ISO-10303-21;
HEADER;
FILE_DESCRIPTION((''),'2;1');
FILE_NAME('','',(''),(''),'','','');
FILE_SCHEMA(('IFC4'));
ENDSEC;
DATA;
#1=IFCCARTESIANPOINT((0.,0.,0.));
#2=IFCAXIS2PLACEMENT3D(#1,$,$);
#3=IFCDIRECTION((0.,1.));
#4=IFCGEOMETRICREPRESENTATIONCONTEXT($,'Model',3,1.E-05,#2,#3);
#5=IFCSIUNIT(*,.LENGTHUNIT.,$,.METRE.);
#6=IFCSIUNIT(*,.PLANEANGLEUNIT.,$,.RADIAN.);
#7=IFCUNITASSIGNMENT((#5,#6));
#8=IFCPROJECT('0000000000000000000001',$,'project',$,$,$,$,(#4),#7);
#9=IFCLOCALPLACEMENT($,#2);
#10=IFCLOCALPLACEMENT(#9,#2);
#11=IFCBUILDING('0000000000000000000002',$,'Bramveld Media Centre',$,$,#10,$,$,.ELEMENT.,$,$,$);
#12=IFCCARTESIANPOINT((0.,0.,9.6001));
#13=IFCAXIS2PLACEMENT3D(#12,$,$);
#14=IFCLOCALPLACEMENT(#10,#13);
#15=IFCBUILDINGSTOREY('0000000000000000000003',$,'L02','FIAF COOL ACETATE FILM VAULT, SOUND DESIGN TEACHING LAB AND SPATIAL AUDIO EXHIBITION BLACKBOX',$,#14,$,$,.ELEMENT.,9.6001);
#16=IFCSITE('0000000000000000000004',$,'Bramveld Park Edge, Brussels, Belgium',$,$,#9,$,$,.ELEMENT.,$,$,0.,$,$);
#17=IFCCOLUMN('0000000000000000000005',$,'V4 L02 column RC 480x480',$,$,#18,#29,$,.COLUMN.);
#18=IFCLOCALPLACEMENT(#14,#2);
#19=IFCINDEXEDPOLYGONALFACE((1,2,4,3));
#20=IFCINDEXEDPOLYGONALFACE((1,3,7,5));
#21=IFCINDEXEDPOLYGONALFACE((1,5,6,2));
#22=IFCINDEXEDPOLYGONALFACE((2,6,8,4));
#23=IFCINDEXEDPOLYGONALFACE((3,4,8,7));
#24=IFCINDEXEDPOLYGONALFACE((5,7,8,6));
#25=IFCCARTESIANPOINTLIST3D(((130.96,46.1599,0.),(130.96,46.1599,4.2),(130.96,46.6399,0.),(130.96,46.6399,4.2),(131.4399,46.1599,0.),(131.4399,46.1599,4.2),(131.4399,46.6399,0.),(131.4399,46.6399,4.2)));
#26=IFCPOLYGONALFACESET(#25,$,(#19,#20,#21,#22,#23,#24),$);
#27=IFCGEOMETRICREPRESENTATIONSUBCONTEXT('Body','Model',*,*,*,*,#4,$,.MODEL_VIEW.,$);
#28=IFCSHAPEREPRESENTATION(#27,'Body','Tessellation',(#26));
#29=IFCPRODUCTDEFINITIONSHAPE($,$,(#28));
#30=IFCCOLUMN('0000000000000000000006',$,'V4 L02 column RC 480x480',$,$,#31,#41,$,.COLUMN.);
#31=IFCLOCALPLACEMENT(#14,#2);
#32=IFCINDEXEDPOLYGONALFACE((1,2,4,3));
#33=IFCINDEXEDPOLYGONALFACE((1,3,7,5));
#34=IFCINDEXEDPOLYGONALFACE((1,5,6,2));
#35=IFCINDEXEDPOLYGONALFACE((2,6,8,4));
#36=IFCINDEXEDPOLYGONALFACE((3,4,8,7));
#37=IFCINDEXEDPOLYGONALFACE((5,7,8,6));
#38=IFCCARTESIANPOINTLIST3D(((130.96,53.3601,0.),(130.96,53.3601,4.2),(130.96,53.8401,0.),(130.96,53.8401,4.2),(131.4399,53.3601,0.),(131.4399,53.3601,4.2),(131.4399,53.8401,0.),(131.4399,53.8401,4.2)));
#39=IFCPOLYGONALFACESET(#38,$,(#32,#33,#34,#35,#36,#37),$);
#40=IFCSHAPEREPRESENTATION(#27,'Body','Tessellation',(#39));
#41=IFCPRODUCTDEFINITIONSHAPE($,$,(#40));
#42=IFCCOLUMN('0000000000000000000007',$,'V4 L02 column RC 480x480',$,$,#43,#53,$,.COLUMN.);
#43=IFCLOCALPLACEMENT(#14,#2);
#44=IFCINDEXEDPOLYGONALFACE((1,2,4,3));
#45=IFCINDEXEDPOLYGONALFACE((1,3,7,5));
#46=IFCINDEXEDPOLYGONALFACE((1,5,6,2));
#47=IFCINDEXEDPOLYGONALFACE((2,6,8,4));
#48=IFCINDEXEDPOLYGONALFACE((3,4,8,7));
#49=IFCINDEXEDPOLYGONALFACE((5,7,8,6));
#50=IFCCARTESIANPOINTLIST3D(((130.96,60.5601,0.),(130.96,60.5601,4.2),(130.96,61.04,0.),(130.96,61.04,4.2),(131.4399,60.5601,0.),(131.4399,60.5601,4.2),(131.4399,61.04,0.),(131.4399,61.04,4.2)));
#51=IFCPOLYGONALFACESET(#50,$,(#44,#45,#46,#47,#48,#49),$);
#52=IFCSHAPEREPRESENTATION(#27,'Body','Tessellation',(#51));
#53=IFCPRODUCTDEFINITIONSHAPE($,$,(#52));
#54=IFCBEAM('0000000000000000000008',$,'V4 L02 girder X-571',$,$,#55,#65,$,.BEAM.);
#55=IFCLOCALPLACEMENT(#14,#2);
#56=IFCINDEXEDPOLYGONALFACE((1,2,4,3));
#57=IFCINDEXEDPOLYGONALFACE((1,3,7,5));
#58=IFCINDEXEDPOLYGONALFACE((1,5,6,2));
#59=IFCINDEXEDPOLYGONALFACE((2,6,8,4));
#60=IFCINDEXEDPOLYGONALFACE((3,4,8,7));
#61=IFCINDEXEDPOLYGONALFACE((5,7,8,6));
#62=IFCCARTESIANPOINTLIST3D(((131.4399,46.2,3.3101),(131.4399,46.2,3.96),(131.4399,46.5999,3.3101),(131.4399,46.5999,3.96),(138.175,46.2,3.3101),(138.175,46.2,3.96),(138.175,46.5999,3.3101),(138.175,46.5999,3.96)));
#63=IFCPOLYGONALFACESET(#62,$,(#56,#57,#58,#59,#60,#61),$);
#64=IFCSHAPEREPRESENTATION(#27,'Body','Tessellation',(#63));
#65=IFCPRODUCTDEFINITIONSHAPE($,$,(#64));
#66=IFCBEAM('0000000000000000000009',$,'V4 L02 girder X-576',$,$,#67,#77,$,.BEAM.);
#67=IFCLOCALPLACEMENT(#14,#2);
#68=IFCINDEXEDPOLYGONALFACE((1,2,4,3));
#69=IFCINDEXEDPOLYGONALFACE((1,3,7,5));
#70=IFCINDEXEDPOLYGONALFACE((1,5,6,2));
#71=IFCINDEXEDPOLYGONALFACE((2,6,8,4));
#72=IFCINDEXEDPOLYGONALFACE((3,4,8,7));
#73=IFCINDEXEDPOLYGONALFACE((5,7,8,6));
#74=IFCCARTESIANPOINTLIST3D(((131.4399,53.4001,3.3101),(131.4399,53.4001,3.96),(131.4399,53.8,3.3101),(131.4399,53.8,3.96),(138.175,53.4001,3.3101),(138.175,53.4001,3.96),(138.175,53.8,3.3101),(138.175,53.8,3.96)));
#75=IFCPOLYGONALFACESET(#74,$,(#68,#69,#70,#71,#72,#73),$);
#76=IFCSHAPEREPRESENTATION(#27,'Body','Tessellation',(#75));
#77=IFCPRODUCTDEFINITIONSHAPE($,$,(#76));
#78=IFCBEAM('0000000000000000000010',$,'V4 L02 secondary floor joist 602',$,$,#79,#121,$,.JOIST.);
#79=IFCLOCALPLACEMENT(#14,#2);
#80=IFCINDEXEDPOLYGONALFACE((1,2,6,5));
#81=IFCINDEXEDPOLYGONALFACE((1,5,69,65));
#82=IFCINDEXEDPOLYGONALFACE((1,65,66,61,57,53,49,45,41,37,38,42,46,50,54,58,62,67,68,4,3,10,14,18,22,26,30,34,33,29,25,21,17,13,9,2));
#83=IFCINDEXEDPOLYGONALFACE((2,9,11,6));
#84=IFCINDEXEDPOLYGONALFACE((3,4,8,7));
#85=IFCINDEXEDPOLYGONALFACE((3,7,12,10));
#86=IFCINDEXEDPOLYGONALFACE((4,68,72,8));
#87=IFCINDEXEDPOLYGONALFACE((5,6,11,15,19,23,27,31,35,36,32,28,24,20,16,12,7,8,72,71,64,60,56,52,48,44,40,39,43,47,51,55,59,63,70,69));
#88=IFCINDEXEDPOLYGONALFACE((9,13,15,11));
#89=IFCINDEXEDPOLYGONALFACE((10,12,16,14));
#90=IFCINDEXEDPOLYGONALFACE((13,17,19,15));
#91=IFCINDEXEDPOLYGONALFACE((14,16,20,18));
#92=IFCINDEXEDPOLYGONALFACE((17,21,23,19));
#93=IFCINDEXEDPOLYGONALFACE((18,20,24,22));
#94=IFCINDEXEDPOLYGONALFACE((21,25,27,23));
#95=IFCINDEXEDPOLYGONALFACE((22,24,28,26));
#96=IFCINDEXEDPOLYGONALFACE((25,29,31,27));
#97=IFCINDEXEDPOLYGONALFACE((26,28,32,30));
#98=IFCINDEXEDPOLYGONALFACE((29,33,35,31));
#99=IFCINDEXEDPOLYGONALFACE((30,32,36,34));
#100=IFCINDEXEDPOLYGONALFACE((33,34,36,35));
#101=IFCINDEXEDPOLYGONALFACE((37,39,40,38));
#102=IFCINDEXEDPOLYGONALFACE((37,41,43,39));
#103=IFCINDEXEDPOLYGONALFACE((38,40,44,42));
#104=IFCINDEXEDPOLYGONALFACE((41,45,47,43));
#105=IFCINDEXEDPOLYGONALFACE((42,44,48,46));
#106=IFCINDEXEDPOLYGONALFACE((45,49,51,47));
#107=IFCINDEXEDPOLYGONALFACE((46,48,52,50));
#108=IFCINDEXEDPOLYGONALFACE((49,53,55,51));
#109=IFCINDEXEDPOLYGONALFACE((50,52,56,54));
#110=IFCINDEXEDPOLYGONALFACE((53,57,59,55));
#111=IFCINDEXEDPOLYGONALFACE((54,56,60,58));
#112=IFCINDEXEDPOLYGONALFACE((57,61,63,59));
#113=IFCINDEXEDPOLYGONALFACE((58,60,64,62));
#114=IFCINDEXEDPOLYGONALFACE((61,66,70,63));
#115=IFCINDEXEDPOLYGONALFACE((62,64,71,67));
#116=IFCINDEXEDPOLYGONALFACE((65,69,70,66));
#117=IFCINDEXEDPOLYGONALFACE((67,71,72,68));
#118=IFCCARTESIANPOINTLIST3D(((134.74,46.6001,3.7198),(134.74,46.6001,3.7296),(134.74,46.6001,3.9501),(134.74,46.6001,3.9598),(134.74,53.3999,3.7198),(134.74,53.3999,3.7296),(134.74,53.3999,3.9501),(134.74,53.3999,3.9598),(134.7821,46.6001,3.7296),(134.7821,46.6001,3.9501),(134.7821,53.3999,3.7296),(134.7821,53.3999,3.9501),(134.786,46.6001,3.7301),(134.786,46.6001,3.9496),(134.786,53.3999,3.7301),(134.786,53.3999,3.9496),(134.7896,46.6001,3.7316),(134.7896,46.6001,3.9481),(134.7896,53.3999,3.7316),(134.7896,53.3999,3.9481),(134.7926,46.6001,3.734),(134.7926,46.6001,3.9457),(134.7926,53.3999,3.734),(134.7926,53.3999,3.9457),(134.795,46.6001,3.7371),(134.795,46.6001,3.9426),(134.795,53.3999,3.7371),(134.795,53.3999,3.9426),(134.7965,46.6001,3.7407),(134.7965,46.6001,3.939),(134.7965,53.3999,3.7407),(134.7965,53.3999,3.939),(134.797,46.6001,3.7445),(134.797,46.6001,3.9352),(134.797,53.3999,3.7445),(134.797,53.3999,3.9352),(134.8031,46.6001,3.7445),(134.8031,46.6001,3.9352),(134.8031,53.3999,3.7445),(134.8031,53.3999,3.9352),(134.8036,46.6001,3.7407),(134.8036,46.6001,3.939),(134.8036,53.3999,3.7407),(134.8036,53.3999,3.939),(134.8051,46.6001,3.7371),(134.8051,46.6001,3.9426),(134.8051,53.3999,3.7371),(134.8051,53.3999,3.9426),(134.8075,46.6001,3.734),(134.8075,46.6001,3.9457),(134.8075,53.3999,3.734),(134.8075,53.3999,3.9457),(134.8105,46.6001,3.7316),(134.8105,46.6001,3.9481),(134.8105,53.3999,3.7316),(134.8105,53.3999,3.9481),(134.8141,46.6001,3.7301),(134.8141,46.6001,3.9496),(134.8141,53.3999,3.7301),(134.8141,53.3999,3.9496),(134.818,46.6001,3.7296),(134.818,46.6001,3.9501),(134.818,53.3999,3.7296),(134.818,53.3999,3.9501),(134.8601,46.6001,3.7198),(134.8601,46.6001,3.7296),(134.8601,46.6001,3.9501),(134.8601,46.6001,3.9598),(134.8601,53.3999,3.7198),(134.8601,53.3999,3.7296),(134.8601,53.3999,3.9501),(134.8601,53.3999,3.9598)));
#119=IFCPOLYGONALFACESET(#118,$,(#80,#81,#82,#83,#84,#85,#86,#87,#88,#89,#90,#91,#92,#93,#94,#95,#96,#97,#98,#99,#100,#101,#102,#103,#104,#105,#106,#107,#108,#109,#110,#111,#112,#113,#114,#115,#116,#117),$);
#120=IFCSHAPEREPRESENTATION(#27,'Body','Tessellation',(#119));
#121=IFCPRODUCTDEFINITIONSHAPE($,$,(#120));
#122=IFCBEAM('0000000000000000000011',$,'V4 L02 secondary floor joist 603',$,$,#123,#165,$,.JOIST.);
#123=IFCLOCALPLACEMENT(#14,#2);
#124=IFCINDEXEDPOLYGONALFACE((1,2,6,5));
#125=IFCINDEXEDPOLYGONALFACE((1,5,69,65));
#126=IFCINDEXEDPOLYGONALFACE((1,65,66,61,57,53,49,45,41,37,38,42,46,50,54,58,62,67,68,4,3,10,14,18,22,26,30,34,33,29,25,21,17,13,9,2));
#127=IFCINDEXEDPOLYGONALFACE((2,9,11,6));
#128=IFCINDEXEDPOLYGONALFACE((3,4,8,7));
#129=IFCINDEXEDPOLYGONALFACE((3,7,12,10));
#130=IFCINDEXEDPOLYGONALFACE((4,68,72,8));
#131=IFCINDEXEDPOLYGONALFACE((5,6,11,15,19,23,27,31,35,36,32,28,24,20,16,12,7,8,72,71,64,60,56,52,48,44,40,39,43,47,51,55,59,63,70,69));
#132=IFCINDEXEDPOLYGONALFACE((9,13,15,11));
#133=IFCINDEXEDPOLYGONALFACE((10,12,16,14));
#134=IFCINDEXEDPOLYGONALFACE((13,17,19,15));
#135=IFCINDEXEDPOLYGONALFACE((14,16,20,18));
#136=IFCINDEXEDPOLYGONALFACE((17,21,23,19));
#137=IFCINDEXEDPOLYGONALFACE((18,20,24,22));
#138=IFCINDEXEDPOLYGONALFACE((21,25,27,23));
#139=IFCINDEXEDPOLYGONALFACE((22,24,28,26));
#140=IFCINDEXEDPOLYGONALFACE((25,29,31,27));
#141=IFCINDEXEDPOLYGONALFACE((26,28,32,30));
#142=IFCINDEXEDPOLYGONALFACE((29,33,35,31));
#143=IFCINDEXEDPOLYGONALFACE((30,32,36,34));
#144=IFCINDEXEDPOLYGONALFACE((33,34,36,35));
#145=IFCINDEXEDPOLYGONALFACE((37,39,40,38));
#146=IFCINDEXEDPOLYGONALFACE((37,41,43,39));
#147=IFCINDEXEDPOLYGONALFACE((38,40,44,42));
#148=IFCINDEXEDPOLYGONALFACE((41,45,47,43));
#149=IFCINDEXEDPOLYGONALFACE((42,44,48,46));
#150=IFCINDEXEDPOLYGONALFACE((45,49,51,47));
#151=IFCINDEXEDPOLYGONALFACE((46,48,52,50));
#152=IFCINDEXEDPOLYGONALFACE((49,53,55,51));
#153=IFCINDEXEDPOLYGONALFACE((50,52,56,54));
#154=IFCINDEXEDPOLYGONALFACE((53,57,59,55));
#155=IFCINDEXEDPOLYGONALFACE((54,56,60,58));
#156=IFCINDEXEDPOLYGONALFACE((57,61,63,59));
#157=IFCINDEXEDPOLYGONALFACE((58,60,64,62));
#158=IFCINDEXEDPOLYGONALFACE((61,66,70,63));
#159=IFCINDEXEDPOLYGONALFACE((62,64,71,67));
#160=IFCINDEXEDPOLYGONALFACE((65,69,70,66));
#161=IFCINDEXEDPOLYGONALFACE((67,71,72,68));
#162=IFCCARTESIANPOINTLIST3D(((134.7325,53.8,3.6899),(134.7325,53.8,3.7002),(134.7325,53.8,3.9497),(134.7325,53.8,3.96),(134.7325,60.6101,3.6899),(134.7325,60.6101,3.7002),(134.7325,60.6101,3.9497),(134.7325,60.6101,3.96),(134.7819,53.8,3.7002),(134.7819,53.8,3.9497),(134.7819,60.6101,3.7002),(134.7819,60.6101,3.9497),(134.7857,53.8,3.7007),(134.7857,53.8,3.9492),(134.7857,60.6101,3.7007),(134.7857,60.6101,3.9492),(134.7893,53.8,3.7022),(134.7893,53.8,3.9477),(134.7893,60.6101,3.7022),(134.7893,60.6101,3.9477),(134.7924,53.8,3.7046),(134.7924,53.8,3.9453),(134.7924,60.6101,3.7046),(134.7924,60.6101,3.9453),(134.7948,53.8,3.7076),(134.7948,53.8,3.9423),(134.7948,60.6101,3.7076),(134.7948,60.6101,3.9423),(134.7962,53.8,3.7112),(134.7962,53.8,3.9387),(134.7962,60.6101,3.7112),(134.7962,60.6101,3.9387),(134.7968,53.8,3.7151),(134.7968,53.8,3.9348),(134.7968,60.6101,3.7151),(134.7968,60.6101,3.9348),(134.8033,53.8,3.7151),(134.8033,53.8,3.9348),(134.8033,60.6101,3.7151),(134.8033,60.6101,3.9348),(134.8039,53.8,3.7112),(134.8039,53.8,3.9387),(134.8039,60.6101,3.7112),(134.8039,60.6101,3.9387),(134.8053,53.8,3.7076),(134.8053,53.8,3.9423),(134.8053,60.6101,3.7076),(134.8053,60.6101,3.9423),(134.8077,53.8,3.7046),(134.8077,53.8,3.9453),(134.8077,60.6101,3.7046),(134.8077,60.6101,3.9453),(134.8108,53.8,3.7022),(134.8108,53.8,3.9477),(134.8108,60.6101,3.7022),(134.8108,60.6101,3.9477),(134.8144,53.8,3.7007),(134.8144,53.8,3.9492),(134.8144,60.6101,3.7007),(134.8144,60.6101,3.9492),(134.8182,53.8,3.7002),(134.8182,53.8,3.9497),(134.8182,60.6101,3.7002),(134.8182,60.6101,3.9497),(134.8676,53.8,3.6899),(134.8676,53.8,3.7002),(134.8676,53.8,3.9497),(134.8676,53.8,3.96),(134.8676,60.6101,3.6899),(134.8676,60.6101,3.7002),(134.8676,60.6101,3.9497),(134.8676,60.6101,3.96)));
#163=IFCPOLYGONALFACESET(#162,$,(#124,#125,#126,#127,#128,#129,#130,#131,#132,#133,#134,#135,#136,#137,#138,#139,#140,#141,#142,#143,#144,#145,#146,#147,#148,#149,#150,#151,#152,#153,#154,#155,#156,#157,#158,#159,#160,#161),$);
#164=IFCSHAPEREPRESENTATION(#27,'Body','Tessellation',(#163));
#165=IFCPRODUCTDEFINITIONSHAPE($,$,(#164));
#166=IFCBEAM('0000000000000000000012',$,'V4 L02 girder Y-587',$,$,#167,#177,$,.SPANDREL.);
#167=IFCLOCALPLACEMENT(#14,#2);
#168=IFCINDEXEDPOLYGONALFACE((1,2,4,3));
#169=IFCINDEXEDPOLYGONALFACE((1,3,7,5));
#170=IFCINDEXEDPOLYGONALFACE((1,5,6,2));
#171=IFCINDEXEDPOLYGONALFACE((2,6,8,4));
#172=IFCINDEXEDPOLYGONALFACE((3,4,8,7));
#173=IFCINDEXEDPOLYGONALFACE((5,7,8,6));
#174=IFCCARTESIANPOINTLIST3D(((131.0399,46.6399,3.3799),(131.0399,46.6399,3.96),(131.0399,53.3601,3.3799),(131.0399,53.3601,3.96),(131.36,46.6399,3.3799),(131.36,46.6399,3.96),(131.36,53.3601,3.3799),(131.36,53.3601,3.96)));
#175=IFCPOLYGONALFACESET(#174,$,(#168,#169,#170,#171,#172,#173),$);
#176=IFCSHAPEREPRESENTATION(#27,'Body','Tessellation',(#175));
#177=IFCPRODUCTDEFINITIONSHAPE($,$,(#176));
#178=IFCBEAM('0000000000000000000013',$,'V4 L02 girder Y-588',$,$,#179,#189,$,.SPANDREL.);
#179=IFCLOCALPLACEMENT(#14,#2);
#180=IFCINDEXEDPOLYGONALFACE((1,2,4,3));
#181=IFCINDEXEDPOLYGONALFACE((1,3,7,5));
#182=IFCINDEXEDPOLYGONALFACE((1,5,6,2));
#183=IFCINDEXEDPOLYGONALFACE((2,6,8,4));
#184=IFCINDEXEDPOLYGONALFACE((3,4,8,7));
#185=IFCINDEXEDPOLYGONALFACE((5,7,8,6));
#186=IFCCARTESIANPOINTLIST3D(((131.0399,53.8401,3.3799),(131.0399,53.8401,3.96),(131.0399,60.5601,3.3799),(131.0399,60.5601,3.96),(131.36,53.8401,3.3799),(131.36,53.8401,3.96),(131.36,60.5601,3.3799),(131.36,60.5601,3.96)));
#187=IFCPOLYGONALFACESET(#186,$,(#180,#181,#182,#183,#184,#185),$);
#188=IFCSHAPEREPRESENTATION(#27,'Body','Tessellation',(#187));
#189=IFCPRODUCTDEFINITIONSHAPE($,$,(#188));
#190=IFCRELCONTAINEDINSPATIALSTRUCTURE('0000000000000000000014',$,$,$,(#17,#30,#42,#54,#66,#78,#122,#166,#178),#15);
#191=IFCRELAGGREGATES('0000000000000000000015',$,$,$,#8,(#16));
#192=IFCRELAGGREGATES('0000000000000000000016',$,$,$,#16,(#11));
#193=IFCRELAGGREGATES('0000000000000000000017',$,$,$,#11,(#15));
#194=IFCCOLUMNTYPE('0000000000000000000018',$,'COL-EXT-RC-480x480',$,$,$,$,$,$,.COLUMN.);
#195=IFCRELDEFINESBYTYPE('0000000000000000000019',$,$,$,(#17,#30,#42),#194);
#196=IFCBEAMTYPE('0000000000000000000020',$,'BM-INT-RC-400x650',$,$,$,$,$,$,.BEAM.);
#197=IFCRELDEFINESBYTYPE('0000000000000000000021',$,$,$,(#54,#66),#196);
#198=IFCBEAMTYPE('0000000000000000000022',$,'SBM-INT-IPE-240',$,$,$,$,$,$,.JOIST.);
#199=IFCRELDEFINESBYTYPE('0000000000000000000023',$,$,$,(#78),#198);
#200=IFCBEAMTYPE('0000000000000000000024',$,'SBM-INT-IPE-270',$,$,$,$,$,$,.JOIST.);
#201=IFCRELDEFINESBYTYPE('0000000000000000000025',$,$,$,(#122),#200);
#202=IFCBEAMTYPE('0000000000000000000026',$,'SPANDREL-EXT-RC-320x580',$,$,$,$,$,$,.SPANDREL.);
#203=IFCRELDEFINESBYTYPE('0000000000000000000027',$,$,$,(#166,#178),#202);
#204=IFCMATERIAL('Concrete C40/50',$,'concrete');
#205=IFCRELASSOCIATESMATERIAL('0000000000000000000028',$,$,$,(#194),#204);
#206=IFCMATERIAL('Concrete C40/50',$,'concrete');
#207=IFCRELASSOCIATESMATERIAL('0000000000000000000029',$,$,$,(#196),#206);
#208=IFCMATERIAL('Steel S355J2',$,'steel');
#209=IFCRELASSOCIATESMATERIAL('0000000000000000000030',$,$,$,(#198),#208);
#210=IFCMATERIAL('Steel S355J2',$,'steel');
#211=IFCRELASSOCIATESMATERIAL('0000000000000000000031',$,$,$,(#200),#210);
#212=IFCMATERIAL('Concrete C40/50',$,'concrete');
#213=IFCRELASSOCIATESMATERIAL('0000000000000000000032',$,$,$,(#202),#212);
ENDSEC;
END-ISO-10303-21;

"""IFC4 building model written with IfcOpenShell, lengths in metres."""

from ifc_helpers import new_model, si_unit, direction, frame, origin, origin_2d, place, context, subcontext, project, spatial, rectangle, i_section, extrude, material, material_profile, profile_set, type_object, element, save


model = new_model("IFC4")

# Units and contexts
model_context = context("Model", 3, precision=1e-05, world=origin(), true_north=direction((0.0, 1.0)))
body_context = subcontext(model_context, "Body", "Model", "MODEL_VIEW")
ifc_project = project(units=[si_unit("LENGTHUNIT", "METRE"), si_unit("PLANEANGLEUNIT", "RADIAN")], contexts=[model_context])

# Site, building, storey
site_placement = place(None, origin())
site = spatial("IfcSite", under=ifc_project, at=site_placement, Name="Bramveld Park Edge, Brussels, Belgium", CompositionType="ELEMENT", RefElevation=0.0)
building_placement = place(site_placement, origin())
building = spatial("IfcBuilding", under=site, at=building_placement, Name="Bramveld Media Centre", CompositionType="ELEMENT")
storey_placement = place(building_placement, frame((0.0, 0.0, 9.6001)))
storey = spatial("IfcBuildingStorey", under=building, at=storey_placement, Name="L02", Description="FIAF COOL ACETATE FILM VAULT, SOUND DESIGN TEACHING LAB AND SPATIAL AUDIO EXHIBITION BLACKBOX", CompositionType="ELEMENT", Elevation=9.6001)

# Columns
ifc_material_1 = material(Name="Concrete C40/50", Category="concrete")
ifc_material_profile_1 = material_profile(ifc_material_1, rectangle(XDim=0.48, YDim=0.48, at=origin_2d()), Name="RC 480x480")
ifc_profile_set_1 = profile_set([ifc_material_profile_1], Name="Concrete C40/50")
column_type = type_object("IfcColumnType", Name="COL-EXT-RC-480x480", PredefinedType="COLUMN", material=ifc_profile_set_1)
for number, where, z_axis, x_axis, name in (
    (1, (131.2, 46.3999, 0.0), (0.0, 0.0, 1.0), (1.0, 0.0, 0.0), "V4 L02 column RC 480x480"),
    (2, (131.2, 53.6001, 0.0), (0.0, 0.0, 1.0), (1.0, 0.0, 0.0), "V4 L02 column RC 480x480"),
    (3, (131.2, 60.8, 0.0), (0.0, 0.0, 1.0), (1.0, 0.0, 0.0), "V4 L02 column RC 480x480"),
):
    element("IfcColumn", number, at=place(storey_placement, frame(where, z_axis=z_axis, x_axis=x_axis)), inside=storey, type_object=column_type, Name=name, PredefinedType="COLUMN", context=body_context, shape_type="SweptSolid", body=[
        extrude(rectangle(XDim=0.48, YDim=0.48, at=origin_2d()), origin(), (0.0, 0.0, 1.0), 4.2),
    ])

# Beams
ifc_material_2 = material(Name="Concrete C40/50", Category="concrete")
ifc_material_profile_2 = material_profile(ifc_material_2, rectangle(XDim=0.3999, YDim=0.6499, at=origin_2d()), Name="RC 400x650")
ifc_profile_set_2 = profile_set([ifc_material_profile_2], Name="Concrete C40/50")
beam_type_1 = type_object("IfcBeamType", Name="BM-INT-RC-400x650", PredefinedType="BEAM", material=ifc_profile_set_2)
for number, where, z_axis, x_axis, name in (
    (4, (131.4399, 46.3999, 3.635), (1.0, 0.0, 0.0), (0.0, 1.0, 0.0), "V4 L02 girder X-571"),
    (5, (131.4399, 53.6001, 3.635), (1.0, 0.0, 0.0), (0.0, 1.0, 0.0), "V4 L02 girder X-576"),
):
    element("IfcBeam", number, at=place(storey_placement, frame(where, z_axis=z_axis, x_axis=x_axis)), inside=storey, type_object=beam_type_1, Name=name, PredefinedType="BEAM", context=body_context, shape_type="SweptSolid", body=[
        extrude(rectangle(XDim=0.3999, YDim=0.6499, at=origin_2d()), origin(), (0.0, 0.0, 1.0), 6.7351),
    ])
ifc_material_3 = material(Name="Steel S355J2", Category="steel")
ifc_material_profile_3 = material_profile(ifc_material_3, i_section(OverallWidth=0.1201, OverallDepth=0.24, WebThickness=0.0061, FlangeThickness=0.0098, FilletRadius=0.0149, at=origin_2d()), Name="IPE 240")
ifc_profile_set_3 = profile_set([ifc_material_profile_3], Name="Steel S355J2")
beam_type_2 = type_object("IfcBeamType", Name="SBM-INT-IPE-240", PredefinedType="JOIST", material=ifc_profile_set_3)
beam_1_placement = place(storey_placement, frame((134.8, 46.6001, 3.8398), z_axis=(0.0, 1.0, 0.0), x_axis=(-1.0, 0.0, 0.0)))
element("IfcBeam", 6, at=beam_1_placement, inside=storey, type_object=beam_type_2, Name="V4 L02 secondary floor joist 602", PredefinedType="JOIST", context=body_context, shape_type="SweptSolid", body=[
    extrude(i_section(OverallWidth=0.1201, OverallDepth=0.24, WebThickness=0.0061, FlangeThickness=0.0098, FilletRadius=0.0149, at=origin_2d()), origin(), (0.0, 0.0, 1.0), 6.7998),
])
ifc_material_4 = material(Name="Steel S355J2", Category="steel")
ifc_material_profile_4 = material_profile(ifc_material_4, i_section(OverallWidth=0.135, OverallDepth=0.27, WebThickness=0.0066, FlangeThickness=0.0103, FilletRadius=0.0149, at=origin_2d()), Name="IPE 270")
ifc_profile_set_4 = profile_set([ifc_material_profile_4], Name="Steel S355J2")
beam_type_3 = type_object("IfcBeamType", Name="SBM-INT-IPE-270", PredefinedType="JOIST", material=ifc_profile_set_4)
beam_2_placement = place(storey_placement, frame((134.8, 53.8, 3.825), z_axis=(0.0, 1.0, 0.0), x_axis=(-1.0, 0.0, 0.0)))
element("IfcBeam", 7, at=beam_2_placement, inside=storey, type_object=beam_type_3, Name="V4 L02 secondary floor joist 603", PredefinedType="JOIST", context=body_context, shape_type="SweptSolid", body=[
    extrude(i_section(OverallWidth=0.135, OverallDepth=0.27, WebThickness=0.0066, FlangeThickness=0.0103, FilletRadius=0.0149, at=origin_2d()), origin(), (0.0, 0.0, 1.0), 6.8101),
])
ifc_material_5 = material(Name="Concrete C40/50", Category="concrete")
ifc_material_profile_5 = material_profile(ifc_material_5, rectangle(XDim=0.3201, YDim=0.5801, at=origin_2d()), Name="RC 320x580")
ifc_profile_set_5 = profile_set([ifc_material_profile_5], Name="Concrete C40/50")
beam_type_4 = type_object("IfcBeamType", Name="SPANDREL-EXT-RC-320x580", PredefinedType="SPANDREL", material=ifc_profile_set_5)
beam_3_placement = place(storey_placement, frame((131.2, 46.6399, 3.6699), z_axis=(0.0, 1.0, 0.0), x_axis=(-1.0, 0.0, 0.0)))
element("IfcBeam", 8, at=beam_3_placement, inside=storey, type_object=beam_type_4, Name="V4 L02 girder Y-587", PredefinedType="SPANDREL", context=body_context, shape_type="SweptSolid", body=[
    extrude(rectangle(XDim=0.3201, YDim=0.5801, at=origin_2d()), origin(), (0.0, 0.0, 1.0), 6.7202),
])
beam_4_placement = place(storey_placement, frame((131.2, 53.8401, 3.6699), z_axis=(0.0, 1.0, 0.0), x_axis=(-1.0, 0.0, 0.0)))
element("IfcBeam", 9, at=beam_4_placement, inside=storey, type_object=beam_type_4, Name="V4 L02 girder Y-588", PredefinedType="SPANDREL", context=body_context, shape_type="SweptSolid", body=[
    extrude(rectangle(XDim=0.3201, YDim=0.5801, at=origin_2d()), origin(), (0.0, 0.0, 1.0), 6.72),
])

save(model, "model.ifc")
